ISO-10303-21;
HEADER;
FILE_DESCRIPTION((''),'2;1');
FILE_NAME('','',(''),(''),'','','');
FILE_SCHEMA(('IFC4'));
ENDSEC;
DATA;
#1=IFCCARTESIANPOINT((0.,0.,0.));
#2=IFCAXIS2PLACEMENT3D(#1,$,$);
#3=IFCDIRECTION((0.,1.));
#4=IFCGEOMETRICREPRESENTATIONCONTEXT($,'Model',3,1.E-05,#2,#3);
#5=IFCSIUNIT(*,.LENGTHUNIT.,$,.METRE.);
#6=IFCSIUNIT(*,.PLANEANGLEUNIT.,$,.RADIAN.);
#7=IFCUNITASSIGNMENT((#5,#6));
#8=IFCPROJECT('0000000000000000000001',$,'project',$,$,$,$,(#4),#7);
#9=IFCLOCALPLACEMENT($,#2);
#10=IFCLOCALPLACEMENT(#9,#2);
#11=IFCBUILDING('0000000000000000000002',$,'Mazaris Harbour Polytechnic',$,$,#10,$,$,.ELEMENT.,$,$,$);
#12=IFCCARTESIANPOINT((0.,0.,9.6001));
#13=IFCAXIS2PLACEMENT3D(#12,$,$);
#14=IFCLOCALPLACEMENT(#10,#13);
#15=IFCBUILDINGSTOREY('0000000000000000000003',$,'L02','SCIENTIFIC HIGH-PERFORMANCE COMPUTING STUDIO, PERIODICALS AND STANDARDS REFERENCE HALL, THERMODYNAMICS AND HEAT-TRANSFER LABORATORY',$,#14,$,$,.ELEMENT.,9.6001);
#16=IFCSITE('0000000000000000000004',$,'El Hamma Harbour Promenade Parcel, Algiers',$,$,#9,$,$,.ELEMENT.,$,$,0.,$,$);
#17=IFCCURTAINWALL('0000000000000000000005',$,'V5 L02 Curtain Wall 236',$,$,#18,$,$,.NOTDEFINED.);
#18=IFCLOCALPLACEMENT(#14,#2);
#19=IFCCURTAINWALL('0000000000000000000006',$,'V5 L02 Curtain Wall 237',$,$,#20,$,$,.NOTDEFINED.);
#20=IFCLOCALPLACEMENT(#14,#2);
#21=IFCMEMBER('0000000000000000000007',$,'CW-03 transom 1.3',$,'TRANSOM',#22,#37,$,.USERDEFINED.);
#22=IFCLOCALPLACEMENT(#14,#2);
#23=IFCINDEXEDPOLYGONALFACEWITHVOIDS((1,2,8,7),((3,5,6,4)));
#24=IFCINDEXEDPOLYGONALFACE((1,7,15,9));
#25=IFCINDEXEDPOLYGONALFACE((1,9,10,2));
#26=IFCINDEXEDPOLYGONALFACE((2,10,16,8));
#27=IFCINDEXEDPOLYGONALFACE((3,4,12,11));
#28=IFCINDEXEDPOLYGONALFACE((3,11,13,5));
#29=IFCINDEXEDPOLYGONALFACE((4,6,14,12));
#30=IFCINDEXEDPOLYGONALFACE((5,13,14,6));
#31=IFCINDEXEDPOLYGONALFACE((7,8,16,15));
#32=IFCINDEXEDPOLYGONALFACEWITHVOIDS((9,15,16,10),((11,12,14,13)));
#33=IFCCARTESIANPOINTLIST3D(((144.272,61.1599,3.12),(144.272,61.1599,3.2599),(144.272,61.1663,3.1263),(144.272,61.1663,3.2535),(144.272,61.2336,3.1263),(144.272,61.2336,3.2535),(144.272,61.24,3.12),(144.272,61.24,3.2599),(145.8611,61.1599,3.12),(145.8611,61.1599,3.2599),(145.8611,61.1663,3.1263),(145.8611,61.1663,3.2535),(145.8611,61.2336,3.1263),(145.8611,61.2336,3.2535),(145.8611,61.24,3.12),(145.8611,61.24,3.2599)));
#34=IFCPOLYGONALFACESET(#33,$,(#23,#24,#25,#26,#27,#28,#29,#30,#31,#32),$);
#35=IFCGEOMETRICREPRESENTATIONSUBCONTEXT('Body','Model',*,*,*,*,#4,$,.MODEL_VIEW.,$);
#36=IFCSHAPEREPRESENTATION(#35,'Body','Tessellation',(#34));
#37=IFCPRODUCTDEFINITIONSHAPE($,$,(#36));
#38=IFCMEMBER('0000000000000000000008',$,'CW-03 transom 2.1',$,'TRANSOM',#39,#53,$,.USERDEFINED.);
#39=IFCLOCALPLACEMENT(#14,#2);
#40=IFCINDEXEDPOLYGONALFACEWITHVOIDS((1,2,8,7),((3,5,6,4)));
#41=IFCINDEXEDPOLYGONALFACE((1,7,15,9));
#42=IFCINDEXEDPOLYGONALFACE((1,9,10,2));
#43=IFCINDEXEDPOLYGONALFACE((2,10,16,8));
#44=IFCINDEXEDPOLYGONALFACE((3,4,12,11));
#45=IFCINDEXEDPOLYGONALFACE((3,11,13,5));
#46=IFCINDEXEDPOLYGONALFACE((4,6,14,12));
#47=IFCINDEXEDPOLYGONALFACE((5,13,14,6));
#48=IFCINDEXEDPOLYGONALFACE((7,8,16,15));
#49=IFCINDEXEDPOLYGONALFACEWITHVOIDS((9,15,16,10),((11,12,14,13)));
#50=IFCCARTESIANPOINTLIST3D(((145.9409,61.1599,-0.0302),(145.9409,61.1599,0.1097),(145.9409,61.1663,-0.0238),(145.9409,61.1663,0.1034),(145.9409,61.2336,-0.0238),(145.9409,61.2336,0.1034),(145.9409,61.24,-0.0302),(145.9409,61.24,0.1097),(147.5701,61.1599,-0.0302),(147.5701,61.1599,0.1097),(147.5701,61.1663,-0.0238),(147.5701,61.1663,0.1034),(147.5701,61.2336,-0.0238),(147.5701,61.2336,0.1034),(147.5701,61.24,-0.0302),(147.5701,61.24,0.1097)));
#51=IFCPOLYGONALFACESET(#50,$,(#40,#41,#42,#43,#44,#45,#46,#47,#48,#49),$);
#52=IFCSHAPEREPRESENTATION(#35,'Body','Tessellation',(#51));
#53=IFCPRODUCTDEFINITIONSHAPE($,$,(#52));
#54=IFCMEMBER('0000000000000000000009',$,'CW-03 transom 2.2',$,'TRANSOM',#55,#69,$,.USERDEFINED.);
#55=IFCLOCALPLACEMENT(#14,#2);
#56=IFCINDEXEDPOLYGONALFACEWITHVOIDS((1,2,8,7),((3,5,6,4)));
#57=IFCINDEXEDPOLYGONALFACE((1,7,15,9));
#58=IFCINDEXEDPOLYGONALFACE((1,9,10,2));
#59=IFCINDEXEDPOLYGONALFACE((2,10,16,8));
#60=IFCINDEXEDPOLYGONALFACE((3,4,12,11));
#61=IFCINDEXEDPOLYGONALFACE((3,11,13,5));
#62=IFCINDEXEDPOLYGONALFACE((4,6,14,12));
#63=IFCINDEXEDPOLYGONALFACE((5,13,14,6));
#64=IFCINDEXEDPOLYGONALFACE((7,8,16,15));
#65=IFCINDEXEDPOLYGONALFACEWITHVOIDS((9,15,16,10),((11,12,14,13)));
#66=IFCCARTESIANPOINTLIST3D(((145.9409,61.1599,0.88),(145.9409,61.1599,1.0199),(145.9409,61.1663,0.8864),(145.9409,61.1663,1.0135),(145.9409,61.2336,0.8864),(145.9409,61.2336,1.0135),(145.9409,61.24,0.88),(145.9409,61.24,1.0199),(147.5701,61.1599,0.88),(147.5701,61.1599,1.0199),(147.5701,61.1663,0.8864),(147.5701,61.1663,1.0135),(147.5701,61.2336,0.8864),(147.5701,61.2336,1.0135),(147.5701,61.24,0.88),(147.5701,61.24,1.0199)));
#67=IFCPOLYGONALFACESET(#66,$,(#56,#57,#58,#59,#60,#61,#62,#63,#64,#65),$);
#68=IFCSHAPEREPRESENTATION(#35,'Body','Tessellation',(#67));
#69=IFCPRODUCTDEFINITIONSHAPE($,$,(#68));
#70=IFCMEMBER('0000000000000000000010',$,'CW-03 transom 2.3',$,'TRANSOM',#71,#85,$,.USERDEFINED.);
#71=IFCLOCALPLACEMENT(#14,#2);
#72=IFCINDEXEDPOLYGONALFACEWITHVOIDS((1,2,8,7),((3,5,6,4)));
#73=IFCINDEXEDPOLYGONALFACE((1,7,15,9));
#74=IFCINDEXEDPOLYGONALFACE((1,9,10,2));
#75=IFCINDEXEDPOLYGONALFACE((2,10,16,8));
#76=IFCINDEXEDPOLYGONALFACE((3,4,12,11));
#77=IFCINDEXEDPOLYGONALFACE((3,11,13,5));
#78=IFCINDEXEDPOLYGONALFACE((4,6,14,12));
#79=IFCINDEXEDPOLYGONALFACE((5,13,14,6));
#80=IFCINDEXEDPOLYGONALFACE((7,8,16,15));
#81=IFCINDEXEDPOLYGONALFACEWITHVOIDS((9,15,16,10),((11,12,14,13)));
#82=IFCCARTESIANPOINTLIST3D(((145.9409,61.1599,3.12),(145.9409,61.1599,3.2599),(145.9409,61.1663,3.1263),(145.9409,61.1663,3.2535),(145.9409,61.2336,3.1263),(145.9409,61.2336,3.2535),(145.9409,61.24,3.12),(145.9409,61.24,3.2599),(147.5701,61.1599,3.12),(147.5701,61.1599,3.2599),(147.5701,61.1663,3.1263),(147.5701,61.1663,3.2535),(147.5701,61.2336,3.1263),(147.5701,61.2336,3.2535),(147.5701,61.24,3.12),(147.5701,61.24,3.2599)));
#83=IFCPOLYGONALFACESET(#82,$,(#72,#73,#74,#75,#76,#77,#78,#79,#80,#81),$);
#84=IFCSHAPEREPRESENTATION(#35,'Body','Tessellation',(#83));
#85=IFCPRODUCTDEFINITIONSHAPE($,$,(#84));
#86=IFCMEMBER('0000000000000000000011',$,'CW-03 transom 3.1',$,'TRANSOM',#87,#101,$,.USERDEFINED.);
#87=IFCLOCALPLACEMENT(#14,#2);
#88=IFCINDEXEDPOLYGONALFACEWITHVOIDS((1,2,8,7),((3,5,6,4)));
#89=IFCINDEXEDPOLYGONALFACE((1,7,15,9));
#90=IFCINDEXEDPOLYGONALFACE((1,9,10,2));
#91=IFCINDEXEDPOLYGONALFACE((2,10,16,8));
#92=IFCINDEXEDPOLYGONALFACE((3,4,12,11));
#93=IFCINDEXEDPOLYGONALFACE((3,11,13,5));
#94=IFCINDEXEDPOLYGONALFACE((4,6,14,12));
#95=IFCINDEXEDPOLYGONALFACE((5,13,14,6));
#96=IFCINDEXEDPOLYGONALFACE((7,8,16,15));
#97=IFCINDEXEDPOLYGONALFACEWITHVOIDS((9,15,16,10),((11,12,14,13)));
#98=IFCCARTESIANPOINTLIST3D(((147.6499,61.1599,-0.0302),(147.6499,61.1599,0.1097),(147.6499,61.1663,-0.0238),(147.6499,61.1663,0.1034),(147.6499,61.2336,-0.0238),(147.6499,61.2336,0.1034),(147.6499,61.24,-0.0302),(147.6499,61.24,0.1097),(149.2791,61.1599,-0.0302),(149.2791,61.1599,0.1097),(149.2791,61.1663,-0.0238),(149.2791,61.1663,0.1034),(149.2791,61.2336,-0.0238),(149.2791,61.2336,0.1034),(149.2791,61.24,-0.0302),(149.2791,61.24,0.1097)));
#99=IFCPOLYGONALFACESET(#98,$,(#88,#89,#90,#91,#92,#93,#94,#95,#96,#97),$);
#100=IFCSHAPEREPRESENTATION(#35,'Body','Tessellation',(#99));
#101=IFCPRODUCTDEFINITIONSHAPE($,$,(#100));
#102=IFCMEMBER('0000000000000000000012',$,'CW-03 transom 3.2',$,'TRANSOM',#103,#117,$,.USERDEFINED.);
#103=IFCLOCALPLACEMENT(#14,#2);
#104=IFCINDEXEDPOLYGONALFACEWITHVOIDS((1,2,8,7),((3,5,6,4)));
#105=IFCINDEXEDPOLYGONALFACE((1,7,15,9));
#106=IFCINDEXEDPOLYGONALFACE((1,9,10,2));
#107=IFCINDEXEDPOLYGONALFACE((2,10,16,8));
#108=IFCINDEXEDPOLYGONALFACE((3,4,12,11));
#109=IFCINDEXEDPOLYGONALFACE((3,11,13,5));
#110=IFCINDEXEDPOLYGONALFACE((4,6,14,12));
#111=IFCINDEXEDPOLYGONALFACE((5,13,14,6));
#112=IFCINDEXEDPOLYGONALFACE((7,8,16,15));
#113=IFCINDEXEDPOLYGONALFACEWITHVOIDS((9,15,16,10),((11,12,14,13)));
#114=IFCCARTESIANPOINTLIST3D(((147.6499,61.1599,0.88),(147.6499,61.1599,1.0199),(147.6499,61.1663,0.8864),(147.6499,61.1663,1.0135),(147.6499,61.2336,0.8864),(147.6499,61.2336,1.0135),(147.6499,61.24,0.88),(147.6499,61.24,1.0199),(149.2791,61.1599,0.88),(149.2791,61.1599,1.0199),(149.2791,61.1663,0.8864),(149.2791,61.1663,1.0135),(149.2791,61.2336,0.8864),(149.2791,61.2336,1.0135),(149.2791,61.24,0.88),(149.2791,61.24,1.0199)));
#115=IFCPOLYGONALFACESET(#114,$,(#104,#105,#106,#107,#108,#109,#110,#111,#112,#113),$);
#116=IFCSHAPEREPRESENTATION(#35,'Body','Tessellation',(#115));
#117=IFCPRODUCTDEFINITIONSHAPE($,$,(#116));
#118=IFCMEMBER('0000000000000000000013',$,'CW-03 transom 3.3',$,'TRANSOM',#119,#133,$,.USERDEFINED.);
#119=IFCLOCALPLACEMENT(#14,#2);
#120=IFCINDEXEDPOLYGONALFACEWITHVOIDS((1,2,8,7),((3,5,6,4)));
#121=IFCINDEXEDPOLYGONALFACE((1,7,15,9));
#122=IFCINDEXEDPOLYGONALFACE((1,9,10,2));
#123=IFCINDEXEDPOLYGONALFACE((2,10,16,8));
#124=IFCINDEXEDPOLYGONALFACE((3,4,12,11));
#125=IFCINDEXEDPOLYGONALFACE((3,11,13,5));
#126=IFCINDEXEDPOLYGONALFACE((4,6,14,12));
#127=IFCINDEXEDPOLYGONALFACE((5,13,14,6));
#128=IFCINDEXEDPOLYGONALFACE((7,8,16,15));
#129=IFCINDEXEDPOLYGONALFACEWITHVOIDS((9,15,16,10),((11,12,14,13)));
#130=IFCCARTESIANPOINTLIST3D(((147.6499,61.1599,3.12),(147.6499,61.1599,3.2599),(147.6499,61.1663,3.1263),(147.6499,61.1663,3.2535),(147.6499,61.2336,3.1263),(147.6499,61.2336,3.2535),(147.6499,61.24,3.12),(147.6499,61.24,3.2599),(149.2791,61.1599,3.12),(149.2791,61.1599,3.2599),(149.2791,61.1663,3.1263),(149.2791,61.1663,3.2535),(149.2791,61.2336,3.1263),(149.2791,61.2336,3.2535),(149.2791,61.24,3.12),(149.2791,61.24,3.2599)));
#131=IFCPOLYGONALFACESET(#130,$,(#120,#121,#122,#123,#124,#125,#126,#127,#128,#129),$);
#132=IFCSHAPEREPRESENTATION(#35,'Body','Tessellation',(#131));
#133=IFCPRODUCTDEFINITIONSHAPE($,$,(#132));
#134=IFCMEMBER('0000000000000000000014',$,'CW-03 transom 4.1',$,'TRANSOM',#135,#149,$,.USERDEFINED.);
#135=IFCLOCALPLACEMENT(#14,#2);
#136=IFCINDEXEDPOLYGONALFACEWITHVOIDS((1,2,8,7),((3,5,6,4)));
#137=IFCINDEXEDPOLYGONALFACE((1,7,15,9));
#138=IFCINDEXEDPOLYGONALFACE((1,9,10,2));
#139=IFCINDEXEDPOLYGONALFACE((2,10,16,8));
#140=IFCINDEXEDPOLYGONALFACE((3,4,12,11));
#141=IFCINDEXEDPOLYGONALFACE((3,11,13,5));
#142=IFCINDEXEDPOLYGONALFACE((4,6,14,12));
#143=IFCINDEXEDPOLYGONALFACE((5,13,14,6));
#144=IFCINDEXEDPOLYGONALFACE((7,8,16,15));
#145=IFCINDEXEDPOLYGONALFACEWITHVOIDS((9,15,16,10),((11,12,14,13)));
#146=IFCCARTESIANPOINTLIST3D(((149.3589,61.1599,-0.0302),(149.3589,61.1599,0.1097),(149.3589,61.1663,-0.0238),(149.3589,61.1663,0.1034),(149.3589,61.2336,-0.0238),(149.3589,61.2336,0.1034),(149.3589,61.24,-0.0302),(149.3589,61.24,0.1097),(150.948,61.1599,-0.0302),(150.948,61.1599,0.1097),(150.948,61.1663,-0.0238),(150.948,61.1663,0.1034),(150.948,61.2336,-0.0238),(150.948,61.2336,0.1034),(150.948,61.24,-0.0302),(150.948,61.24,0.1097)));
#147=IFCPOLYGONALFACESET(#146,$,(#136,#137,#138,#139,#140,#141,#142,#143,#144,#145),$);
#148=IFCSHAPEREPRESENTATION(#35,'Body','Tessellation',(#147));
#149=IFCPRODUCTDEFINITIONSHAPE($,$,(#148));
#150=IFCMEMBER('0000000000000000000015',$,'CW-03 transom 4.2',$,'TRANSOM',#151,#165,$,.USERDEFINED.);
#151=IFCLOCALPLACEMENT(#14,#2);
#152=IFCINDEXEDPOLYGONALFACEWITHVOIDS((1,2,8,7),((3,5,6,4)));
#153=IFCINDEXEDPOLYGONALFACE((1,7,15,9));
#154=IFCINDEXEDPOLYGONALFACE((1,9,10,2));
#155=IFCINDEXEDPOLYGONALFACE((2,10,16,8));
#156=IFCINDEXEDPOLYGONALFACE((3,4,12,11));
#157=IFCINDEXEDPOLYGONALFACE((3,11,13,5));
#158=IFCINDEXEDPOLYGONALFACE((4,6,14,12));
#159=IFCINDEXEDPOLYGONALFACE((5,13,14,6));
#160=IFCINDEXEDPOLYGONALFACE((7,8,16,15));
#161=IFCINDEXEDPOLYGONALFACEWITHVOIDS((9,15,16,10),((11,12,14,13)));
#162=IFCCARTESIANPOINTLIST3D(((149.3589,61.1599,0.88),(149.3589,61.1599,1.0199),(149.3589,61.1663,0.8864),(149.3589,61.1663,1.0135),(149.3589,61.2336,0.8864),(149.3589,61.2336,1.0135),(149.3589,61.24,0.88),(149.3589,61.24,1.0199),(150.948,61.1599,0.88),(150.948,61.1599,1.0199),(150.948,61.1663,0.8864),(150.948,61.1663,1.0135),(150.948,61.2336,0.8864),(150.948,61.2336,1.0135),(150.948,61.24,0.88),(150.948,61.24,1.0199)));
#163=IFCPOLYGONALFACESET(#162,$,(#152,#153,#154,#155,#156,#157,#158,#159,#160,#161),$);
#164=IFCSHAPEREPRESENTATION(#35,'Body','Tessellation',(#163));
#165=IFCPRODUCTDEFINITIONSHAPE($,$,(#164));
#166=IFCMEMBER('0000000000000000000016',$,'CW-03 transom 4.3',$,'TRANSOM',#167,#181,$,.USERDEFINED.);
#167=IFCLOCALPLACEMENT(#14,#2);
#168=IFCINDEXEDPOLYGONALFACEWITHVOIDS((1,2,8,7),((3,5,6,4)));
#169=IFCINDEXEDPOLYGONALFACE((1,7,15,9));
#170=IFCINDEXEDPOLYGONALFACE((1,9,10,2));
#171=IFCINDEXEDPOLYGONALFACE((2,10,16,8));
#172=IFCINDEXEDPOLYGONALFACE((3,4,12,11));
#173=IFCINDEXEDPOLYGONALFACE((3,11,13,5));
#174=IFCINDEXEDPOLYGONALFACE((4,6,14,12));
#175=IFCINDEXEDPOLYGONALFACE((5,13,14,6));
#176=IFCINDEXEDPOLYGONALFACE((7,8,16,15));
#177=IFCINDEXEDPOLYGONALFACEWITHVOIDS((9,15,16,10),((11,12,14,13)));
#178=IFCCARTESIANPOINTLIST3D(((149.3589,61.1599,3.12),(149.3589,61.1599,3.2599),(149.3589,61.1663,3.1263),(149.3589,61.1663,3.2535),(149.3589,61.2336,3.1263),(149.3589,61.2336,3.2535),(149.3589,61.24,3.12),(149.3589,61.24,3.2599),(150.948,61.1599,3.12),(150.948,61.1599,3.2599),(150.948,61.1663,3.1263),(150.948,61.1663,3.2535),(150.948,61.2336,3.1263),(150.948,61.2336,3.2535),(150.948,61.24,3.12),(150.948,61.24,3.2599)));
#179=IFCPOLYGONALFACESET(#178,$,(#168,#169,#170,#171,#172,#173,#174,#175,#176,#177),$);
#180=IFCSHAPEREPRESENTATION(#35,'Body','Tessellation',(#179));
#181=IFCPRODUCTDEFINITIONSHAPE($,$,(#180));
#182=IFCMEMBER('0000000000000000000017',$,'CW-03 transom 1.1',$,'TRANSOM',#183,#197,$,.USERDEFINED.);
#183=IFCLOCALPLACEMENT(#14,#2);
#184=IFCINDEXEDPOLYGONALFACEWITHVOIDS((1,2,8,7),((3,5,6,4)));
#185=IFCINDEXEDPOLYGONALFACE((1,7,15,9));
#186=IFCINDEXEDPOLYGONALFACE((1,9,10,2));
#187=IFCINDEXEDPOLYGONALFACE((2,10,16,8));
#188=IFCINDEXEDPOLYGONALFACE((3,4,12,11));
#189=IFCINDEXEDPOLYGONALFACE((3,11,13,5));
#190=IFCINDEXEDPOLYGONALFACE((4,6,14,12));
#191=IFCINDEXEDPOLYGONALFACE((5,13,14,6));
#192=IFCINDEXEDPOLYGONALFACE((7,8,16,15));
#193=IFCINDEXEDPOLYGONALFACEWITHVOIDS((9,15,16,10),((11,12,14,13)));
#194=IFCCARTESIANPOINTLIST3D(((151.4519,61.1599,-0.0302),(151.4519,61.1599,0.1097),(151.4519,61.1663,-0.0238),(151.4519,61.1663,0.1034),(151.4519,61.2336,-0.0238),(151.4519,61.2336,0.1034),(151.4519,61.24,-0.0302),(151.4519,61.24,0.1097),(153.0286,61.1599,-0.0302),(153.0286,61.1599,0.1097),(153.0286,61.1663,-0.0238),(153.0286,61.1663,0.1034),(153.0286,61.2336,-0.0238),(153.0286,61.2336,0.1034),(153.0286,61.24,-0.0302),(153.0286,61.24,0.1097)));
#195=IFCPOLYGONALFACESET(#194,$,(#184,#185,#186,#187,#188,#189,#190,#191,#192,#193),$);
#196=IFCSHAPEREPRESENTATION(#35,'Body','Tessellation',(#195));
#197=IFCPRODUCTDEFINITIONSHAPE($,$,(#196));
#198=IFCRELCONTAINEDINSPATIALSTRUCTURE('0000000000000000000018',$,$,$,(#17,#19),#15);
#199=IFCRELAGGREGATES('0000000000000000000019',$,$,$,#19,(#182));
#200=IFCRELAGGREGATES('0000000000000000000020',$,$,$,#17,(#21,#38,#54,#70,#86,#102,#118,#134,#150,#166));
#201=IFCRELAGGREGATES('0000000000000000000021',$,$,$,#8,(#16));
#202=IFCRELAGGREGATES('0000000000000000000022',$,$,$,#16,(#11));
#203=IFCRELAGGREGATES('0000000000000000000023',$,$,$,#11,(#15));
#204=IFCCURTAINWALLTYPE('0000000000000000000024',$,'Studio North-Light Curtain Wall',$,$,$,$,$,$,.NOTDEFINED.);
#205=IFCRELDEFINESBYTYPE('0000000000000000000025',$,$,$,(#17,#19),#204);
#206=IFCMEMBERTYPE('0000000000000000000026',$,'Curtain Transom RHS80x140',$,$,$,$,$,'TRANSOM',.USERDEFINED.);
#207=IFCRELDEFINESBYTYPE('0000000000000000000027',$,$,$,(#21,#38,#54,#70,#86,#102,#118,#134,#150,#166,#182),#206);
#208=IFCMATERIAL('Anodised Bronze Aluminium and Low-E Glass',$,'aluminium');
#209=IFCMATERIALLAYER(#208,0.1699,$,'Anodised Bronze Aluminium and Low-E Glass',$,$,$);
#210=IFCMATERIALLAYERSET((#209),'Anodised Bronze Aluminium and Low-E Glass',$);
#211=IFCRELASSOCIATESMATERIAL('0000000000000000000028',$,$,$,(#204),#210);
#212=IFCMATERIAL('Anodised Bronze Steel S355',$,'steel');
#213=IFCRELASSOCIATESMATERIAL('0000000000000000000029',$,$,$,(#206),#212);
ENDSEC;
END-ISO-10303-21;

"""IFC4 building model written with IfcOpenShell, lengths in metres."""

from ifc_helpers import new_model, si_unit, direction, frame, origin, origin_2d, place, context, subcontext, project, spatial, hollow_rectangle, extrude, material, layer, layer_set, material_profile, profile_set, type_object, element, aggregate, save


model = new_model("IFC4")

# Units and contexts
model_context = context("Model", 3, precision=1e-05, world=origin(), true_north=direction((0.0, 1.0)))
body_context = subcontext(model_context, "Body", "Model", "MODEL_VIEW")
ifc_project = project(units=[si_unit("LENGTHUNIT", "METRE"), si_unit("PLANEANGLEUNIT", "RADIAN")], contexts=[model_context])

# Site, building, storey
site_placement = place(None, origin())
site = spatial("IfcSite", under=ifc_project, at=site_placement, Name="El Hamma Harbour Promenade Parcel, Algiers", CompositionType="ELEMENT", RefElevation=0.0)
building_placement = place(site_placement, origin())
building = spatial("IfcBuilding", under=site, at=building_placement, Name="Mazaris Harbour Polytechnic", CompositionType="ELEMENT")
storey_placement = place(building_placement, frame((0.0, 0.0, 9.6001)))
storey = spatial("IfcBuildingStorey", under=building, at=storey_placement, Name="L02", Description="SCIENTIFIC HIGH-PERFORMANCE COMPUTING STUDIO, PERIODICALS AND STANDARDS REFERENCE HALL, THERMODYNAMICS AND HEAT-TRANSFER LABORATORY", CompositionType="ELEMENT", Elevation=9.6001)

# Shared definitions
ifc_material_1 = material(Name="Anodised Bronze Aluminium and Low-E Glass", Category="aluminium")
ifc_layer_1 = layer(ifc_material_1, 0.1699, Name="Anodised Bronze Aluminium and Low-E Glass")
ifc_layer_set_1 = layer_set([ifc_layer_1], Name="Anodised Bronze Aluminium and Low-E Glass")
curtain_wall_type = type_object("IfcCurtainWallType", Name="Studio North-Light Curtain Wall", PredefinedType="NOTDEFINED", material=ifc_layer_set_1)

# Curtain wall
curtain_wall_1_placement = place(storey_placement, origin())
curtain_wall_1 = element("IfcCurtainWall", 1, at=curtain_wall_1_placement, inside=storey, type_object=curtain_wall_type, Name="V5 L02 Curtain Wall 236", PredefinedType="NOTDEFINED")

# Curtain wall
curtain_wall_2_placement = place(storey_placement, origin())
curtain_wall_2 = element("IfcCurtainWall", 2, at=curtain_wall_2_placement, inside=storey, type_object=curtain_wall_type, Name="V5 L02 Curtain Wall 237", PredefinedType="NOTDEFINED")

# Members
ifc_material_2 = material(Name="Anodised Bronze Steel S355", Category="steel")
ifc_material_profile_1 = material_profile(ifc_material_2, hollow_rectangle(XDim=0.0801, YDim=0.1399, WallThickness=0.0063, at=origin_2d()), Name="RHS 80x140x6.3")
ifc_profile_set_1 = profile_set([ifc_material_profile_1], Name="Anodised Bronze Steel S355")
member_type_1 = type_object("IfcMemberType", Name="Curtain Transom RHS80x140", ElementType="TRANSOM", PredefinedType="USERDEFINED", material=ifc_profile_set_1)
member_1_placement = place(storey_placement, frame((144.272, 61.2, 3.1899), z_axis=(1.0, 0.0, 0.0), x_axis=(0.0, 1.0, 0.0)))
member_1 = element("IfcMember", 3, at=member_1_placement, type_object=member_type_1, Name="CW-03 transom 1.3", ObjectType="TRANSOM", PredefinedType="USERDEFINED", context=body_context, shape_type="SweptSolid", body=[
    extrude(hollow_rectangle(XDim=0.0801, YDim=0.1399, WallThickness=0.0063, at=origin_2d()), origin(), (0.0, 0.0, 1.0), 1.5891),
])
member_2_placement = place(storey_placement, frame((145.9409, 61.2, 0.0398), z_axis=(1.0, 0.0, 0.0), x_axis=(0.0, 1.0, 0.0)))
member_2 = element("IfcMember", 4, at=member_2_placement, type_object=member_type_1, Name="CW-03 transom 2.1", ObjectType="TRANSOM", PredefinedType="USERDEFINED", context=body_context, shape_type="SweptSolid", body=[
    extrude(hollow_rectangle(XDim=0.0801, YDim=0.1399, WallThickness=0.0063, at=origin_2d()), origin(), (0.0, 0.0, 1.0), 1.6292),
])
member_3_placement = place(storey_placement, frame((145.9409, 61.2, 0.95), z_axis=(1.0, 0.0, 0.0), x_axis=(0.0, 1.0, 0.0)))
member_3 = element("IfcMember", 5, at=member_3_placement, type_object=member_type_1, Name="CW-03 transom 2.2", ObjectType="TRANSOM", PredefinedType="USERDEFINED", context=body_context, shape_type="SweptSolid", body=[
    extrude(hollow_rectangle(XDim=0.0801, YDim=0.1399, WallThickness=0.0063, at=origin_2d()), origin(), (0.0, 0.0, 1.0), 1.6292),
])
member_4_placement = place(storey_placement, frame((145.9409, 61.2, 3.1899), z_axis=(1.0, 0.0, 0.0), x_axis=(0.0, 1.0, 0.0)))
member_4 = element("IfcMember", 6, at=member_4_placement, type_object=member_type_1, Name="CW-03 transom 2.3", ObjectType="TRANSOM", PredefinedType="USERDEFINED", context=body_context, shape_type="SweptSolid", body=[
    extrude(hollow_rectangle(XDim=0.0801, YDim=0.1399, WallThickness=0.0063, at=origin_2d()), origin(), (0.0, 0.0, 1.0), 1.6292),
])
member_5_placement = place(storey_placement, frame((147.6499, 61.2, 0.0398), z_axis=(1.0, 0.0, 0.0), x_axis=(0.0, 1.0, 0.0)))
member_5 = element("IfcMember", 7, at=member_5_placement, type_object=member_type_1, Name="CW-03 transom 3.1", ObjectType="TRANSOM", PredefinedType="USERDEFINED", context=body_context, shape_type="SweptSolid", body=[
    extrude(hollow_rectangle(XDim=0.0801, YDim=0.1399, WallThickness=0.0063, at=origin_2d()), origin(), (0.0, 0.0, 1.0), 1.6292),
])
member_6_placement = place(storey_placement, frame((147.6499, 61.2, 0.95), z_axis=(1.0, 0.0, 0.0), x_axis=(0.0, 1.0, 0.0)))
member_6 = element("IfcMember", 8, at=member_6_placement, type_object=member_type_1, Name="CW-03 transom 3.2", ObjectType="TRANSOM", PredefinedType="USERDEFINED", context=body_context, shape_type="SweptSolid", body=[
    extrude(hollow_rectangle(XDim=0.0801, YDim=0.1399, WallThickness=0.0063, at=origin_2d()), origin(), (0.0, 0.0, 1.0), 1.6292),
])
member_7_placement = place(storey_placement, frame((147.6499, 61.2, 3.1899), z_axis=(1.0, 0.0, 0.0), x_axis=(0.0, 1.0, 0.0)))
member_7 = element("IfcMember", 9, at=member_7_placement, type_object=member_type_1, Name="CW-03 transom 3.3", ObjectType="TRANSOM", PredefinedType="USERDEFINED", context=body_context, shape_type="SweptSolid", body=[
    extrude(hollow_rectangle(XDim=0.0801, YDim=0.1399, WallThickness=0.0063, at=origin_2d()), origin(), (0.0, 0.0, 1.0), 1.6292),
])
member_8_placement = place(storey_placement, frame((149.3589, 61.2, 0.0398), z_axis=(1.0, 0.0, 0.0), x_axis=(0.0, 1.0, 0.0)))
member_8 = element("IfcMember", 10, at=member_8_placement, type_object=member_type_1, Name="CW-03 transom 4.1", ObjectType="TRANSOM", PredefinedType="USERDEFINED", context=body_context, shape_type="SweptSolid", body=[
    extrude(hollow_rectangle(XDim=0.0801, YDim=0.1399, WallThickness=0.0063, at=origin_2d()), origin(), (0.0, 0.0, 1.0), 1.5891),
])
member_9_placement = place(storey_placement, frame((149.3589, 61.2, 0.95), z_axis=(1.0, 0.0, 0.0), x_axis=(0.0, 1.0, 0.0)))
member_9 = element("IfcMember", 11, at=member_9_placement, type_object=member_type_1, Name="CW-03 transom 4.2", ObjectType="TRANSOM", PredefinedType="USERDEFINED", context=body_context, shape_type="SweptSolid", body=[
    extrude(hollow_rectangle(XDim=0.0801, YDim=0.1399, WallThickness=0.0063, at=origin_2d()), origin(), (0.0, 0.0, 1.0), 1.5891),
])
member_10_placement = place(storey_placement, frame((149.3589, 61.2, 3.1899), z_axis=(1.0, 0.0, 0.0), x_axis=(0.0, 1.0, 0.0)))
member_10 = element("IfcMember", 12, at=member_10_placement, type_object=member_type_1, Name="CW-03 transom 4.3", ObjectType="TRANSOM", PredefinedType="USERDEFINED", context=body_context, shape_type="SweptSolid", body=[
    extrude(hollow_rectangle(XDim=0.0801, YDim=0.1399, WallThickness=0.0063, at=origin_2d()), origin(), (0.0, 0.0, 1.0), 1.5891),
])
member_11_placement = place(storey_placement, frame((151.4519, 61.2, 0.0398), z_axis=(1.0, 0.0, 0.0), x_axis=(0.0, 1.0, 0.0)))
member_11 = element("IfcMember", 13, at=member_11_placement, type_object=member_type_1, Name="CW-03 transom 1.1", ObjectType="TRANSOM", PredefinedType="USERDEFINED", context=body_context, shape_type="SweptSolid", body=[
    extrude(hollow_rectangle(XDim=0.0801, YDim=0.1399, WallThickness=0.0063, at=origin_2d()), origin(), (0.0, 0.0, 1.0), 1.5767),
])
aggregate(curtain_wall_2, [member_11])

aggregate(curtain_wall_1, [member_1, member_2, member_3, member_4, member_5, member_6, member_7, member_8, member_9, member_10])

save(model, "model.ifc")
